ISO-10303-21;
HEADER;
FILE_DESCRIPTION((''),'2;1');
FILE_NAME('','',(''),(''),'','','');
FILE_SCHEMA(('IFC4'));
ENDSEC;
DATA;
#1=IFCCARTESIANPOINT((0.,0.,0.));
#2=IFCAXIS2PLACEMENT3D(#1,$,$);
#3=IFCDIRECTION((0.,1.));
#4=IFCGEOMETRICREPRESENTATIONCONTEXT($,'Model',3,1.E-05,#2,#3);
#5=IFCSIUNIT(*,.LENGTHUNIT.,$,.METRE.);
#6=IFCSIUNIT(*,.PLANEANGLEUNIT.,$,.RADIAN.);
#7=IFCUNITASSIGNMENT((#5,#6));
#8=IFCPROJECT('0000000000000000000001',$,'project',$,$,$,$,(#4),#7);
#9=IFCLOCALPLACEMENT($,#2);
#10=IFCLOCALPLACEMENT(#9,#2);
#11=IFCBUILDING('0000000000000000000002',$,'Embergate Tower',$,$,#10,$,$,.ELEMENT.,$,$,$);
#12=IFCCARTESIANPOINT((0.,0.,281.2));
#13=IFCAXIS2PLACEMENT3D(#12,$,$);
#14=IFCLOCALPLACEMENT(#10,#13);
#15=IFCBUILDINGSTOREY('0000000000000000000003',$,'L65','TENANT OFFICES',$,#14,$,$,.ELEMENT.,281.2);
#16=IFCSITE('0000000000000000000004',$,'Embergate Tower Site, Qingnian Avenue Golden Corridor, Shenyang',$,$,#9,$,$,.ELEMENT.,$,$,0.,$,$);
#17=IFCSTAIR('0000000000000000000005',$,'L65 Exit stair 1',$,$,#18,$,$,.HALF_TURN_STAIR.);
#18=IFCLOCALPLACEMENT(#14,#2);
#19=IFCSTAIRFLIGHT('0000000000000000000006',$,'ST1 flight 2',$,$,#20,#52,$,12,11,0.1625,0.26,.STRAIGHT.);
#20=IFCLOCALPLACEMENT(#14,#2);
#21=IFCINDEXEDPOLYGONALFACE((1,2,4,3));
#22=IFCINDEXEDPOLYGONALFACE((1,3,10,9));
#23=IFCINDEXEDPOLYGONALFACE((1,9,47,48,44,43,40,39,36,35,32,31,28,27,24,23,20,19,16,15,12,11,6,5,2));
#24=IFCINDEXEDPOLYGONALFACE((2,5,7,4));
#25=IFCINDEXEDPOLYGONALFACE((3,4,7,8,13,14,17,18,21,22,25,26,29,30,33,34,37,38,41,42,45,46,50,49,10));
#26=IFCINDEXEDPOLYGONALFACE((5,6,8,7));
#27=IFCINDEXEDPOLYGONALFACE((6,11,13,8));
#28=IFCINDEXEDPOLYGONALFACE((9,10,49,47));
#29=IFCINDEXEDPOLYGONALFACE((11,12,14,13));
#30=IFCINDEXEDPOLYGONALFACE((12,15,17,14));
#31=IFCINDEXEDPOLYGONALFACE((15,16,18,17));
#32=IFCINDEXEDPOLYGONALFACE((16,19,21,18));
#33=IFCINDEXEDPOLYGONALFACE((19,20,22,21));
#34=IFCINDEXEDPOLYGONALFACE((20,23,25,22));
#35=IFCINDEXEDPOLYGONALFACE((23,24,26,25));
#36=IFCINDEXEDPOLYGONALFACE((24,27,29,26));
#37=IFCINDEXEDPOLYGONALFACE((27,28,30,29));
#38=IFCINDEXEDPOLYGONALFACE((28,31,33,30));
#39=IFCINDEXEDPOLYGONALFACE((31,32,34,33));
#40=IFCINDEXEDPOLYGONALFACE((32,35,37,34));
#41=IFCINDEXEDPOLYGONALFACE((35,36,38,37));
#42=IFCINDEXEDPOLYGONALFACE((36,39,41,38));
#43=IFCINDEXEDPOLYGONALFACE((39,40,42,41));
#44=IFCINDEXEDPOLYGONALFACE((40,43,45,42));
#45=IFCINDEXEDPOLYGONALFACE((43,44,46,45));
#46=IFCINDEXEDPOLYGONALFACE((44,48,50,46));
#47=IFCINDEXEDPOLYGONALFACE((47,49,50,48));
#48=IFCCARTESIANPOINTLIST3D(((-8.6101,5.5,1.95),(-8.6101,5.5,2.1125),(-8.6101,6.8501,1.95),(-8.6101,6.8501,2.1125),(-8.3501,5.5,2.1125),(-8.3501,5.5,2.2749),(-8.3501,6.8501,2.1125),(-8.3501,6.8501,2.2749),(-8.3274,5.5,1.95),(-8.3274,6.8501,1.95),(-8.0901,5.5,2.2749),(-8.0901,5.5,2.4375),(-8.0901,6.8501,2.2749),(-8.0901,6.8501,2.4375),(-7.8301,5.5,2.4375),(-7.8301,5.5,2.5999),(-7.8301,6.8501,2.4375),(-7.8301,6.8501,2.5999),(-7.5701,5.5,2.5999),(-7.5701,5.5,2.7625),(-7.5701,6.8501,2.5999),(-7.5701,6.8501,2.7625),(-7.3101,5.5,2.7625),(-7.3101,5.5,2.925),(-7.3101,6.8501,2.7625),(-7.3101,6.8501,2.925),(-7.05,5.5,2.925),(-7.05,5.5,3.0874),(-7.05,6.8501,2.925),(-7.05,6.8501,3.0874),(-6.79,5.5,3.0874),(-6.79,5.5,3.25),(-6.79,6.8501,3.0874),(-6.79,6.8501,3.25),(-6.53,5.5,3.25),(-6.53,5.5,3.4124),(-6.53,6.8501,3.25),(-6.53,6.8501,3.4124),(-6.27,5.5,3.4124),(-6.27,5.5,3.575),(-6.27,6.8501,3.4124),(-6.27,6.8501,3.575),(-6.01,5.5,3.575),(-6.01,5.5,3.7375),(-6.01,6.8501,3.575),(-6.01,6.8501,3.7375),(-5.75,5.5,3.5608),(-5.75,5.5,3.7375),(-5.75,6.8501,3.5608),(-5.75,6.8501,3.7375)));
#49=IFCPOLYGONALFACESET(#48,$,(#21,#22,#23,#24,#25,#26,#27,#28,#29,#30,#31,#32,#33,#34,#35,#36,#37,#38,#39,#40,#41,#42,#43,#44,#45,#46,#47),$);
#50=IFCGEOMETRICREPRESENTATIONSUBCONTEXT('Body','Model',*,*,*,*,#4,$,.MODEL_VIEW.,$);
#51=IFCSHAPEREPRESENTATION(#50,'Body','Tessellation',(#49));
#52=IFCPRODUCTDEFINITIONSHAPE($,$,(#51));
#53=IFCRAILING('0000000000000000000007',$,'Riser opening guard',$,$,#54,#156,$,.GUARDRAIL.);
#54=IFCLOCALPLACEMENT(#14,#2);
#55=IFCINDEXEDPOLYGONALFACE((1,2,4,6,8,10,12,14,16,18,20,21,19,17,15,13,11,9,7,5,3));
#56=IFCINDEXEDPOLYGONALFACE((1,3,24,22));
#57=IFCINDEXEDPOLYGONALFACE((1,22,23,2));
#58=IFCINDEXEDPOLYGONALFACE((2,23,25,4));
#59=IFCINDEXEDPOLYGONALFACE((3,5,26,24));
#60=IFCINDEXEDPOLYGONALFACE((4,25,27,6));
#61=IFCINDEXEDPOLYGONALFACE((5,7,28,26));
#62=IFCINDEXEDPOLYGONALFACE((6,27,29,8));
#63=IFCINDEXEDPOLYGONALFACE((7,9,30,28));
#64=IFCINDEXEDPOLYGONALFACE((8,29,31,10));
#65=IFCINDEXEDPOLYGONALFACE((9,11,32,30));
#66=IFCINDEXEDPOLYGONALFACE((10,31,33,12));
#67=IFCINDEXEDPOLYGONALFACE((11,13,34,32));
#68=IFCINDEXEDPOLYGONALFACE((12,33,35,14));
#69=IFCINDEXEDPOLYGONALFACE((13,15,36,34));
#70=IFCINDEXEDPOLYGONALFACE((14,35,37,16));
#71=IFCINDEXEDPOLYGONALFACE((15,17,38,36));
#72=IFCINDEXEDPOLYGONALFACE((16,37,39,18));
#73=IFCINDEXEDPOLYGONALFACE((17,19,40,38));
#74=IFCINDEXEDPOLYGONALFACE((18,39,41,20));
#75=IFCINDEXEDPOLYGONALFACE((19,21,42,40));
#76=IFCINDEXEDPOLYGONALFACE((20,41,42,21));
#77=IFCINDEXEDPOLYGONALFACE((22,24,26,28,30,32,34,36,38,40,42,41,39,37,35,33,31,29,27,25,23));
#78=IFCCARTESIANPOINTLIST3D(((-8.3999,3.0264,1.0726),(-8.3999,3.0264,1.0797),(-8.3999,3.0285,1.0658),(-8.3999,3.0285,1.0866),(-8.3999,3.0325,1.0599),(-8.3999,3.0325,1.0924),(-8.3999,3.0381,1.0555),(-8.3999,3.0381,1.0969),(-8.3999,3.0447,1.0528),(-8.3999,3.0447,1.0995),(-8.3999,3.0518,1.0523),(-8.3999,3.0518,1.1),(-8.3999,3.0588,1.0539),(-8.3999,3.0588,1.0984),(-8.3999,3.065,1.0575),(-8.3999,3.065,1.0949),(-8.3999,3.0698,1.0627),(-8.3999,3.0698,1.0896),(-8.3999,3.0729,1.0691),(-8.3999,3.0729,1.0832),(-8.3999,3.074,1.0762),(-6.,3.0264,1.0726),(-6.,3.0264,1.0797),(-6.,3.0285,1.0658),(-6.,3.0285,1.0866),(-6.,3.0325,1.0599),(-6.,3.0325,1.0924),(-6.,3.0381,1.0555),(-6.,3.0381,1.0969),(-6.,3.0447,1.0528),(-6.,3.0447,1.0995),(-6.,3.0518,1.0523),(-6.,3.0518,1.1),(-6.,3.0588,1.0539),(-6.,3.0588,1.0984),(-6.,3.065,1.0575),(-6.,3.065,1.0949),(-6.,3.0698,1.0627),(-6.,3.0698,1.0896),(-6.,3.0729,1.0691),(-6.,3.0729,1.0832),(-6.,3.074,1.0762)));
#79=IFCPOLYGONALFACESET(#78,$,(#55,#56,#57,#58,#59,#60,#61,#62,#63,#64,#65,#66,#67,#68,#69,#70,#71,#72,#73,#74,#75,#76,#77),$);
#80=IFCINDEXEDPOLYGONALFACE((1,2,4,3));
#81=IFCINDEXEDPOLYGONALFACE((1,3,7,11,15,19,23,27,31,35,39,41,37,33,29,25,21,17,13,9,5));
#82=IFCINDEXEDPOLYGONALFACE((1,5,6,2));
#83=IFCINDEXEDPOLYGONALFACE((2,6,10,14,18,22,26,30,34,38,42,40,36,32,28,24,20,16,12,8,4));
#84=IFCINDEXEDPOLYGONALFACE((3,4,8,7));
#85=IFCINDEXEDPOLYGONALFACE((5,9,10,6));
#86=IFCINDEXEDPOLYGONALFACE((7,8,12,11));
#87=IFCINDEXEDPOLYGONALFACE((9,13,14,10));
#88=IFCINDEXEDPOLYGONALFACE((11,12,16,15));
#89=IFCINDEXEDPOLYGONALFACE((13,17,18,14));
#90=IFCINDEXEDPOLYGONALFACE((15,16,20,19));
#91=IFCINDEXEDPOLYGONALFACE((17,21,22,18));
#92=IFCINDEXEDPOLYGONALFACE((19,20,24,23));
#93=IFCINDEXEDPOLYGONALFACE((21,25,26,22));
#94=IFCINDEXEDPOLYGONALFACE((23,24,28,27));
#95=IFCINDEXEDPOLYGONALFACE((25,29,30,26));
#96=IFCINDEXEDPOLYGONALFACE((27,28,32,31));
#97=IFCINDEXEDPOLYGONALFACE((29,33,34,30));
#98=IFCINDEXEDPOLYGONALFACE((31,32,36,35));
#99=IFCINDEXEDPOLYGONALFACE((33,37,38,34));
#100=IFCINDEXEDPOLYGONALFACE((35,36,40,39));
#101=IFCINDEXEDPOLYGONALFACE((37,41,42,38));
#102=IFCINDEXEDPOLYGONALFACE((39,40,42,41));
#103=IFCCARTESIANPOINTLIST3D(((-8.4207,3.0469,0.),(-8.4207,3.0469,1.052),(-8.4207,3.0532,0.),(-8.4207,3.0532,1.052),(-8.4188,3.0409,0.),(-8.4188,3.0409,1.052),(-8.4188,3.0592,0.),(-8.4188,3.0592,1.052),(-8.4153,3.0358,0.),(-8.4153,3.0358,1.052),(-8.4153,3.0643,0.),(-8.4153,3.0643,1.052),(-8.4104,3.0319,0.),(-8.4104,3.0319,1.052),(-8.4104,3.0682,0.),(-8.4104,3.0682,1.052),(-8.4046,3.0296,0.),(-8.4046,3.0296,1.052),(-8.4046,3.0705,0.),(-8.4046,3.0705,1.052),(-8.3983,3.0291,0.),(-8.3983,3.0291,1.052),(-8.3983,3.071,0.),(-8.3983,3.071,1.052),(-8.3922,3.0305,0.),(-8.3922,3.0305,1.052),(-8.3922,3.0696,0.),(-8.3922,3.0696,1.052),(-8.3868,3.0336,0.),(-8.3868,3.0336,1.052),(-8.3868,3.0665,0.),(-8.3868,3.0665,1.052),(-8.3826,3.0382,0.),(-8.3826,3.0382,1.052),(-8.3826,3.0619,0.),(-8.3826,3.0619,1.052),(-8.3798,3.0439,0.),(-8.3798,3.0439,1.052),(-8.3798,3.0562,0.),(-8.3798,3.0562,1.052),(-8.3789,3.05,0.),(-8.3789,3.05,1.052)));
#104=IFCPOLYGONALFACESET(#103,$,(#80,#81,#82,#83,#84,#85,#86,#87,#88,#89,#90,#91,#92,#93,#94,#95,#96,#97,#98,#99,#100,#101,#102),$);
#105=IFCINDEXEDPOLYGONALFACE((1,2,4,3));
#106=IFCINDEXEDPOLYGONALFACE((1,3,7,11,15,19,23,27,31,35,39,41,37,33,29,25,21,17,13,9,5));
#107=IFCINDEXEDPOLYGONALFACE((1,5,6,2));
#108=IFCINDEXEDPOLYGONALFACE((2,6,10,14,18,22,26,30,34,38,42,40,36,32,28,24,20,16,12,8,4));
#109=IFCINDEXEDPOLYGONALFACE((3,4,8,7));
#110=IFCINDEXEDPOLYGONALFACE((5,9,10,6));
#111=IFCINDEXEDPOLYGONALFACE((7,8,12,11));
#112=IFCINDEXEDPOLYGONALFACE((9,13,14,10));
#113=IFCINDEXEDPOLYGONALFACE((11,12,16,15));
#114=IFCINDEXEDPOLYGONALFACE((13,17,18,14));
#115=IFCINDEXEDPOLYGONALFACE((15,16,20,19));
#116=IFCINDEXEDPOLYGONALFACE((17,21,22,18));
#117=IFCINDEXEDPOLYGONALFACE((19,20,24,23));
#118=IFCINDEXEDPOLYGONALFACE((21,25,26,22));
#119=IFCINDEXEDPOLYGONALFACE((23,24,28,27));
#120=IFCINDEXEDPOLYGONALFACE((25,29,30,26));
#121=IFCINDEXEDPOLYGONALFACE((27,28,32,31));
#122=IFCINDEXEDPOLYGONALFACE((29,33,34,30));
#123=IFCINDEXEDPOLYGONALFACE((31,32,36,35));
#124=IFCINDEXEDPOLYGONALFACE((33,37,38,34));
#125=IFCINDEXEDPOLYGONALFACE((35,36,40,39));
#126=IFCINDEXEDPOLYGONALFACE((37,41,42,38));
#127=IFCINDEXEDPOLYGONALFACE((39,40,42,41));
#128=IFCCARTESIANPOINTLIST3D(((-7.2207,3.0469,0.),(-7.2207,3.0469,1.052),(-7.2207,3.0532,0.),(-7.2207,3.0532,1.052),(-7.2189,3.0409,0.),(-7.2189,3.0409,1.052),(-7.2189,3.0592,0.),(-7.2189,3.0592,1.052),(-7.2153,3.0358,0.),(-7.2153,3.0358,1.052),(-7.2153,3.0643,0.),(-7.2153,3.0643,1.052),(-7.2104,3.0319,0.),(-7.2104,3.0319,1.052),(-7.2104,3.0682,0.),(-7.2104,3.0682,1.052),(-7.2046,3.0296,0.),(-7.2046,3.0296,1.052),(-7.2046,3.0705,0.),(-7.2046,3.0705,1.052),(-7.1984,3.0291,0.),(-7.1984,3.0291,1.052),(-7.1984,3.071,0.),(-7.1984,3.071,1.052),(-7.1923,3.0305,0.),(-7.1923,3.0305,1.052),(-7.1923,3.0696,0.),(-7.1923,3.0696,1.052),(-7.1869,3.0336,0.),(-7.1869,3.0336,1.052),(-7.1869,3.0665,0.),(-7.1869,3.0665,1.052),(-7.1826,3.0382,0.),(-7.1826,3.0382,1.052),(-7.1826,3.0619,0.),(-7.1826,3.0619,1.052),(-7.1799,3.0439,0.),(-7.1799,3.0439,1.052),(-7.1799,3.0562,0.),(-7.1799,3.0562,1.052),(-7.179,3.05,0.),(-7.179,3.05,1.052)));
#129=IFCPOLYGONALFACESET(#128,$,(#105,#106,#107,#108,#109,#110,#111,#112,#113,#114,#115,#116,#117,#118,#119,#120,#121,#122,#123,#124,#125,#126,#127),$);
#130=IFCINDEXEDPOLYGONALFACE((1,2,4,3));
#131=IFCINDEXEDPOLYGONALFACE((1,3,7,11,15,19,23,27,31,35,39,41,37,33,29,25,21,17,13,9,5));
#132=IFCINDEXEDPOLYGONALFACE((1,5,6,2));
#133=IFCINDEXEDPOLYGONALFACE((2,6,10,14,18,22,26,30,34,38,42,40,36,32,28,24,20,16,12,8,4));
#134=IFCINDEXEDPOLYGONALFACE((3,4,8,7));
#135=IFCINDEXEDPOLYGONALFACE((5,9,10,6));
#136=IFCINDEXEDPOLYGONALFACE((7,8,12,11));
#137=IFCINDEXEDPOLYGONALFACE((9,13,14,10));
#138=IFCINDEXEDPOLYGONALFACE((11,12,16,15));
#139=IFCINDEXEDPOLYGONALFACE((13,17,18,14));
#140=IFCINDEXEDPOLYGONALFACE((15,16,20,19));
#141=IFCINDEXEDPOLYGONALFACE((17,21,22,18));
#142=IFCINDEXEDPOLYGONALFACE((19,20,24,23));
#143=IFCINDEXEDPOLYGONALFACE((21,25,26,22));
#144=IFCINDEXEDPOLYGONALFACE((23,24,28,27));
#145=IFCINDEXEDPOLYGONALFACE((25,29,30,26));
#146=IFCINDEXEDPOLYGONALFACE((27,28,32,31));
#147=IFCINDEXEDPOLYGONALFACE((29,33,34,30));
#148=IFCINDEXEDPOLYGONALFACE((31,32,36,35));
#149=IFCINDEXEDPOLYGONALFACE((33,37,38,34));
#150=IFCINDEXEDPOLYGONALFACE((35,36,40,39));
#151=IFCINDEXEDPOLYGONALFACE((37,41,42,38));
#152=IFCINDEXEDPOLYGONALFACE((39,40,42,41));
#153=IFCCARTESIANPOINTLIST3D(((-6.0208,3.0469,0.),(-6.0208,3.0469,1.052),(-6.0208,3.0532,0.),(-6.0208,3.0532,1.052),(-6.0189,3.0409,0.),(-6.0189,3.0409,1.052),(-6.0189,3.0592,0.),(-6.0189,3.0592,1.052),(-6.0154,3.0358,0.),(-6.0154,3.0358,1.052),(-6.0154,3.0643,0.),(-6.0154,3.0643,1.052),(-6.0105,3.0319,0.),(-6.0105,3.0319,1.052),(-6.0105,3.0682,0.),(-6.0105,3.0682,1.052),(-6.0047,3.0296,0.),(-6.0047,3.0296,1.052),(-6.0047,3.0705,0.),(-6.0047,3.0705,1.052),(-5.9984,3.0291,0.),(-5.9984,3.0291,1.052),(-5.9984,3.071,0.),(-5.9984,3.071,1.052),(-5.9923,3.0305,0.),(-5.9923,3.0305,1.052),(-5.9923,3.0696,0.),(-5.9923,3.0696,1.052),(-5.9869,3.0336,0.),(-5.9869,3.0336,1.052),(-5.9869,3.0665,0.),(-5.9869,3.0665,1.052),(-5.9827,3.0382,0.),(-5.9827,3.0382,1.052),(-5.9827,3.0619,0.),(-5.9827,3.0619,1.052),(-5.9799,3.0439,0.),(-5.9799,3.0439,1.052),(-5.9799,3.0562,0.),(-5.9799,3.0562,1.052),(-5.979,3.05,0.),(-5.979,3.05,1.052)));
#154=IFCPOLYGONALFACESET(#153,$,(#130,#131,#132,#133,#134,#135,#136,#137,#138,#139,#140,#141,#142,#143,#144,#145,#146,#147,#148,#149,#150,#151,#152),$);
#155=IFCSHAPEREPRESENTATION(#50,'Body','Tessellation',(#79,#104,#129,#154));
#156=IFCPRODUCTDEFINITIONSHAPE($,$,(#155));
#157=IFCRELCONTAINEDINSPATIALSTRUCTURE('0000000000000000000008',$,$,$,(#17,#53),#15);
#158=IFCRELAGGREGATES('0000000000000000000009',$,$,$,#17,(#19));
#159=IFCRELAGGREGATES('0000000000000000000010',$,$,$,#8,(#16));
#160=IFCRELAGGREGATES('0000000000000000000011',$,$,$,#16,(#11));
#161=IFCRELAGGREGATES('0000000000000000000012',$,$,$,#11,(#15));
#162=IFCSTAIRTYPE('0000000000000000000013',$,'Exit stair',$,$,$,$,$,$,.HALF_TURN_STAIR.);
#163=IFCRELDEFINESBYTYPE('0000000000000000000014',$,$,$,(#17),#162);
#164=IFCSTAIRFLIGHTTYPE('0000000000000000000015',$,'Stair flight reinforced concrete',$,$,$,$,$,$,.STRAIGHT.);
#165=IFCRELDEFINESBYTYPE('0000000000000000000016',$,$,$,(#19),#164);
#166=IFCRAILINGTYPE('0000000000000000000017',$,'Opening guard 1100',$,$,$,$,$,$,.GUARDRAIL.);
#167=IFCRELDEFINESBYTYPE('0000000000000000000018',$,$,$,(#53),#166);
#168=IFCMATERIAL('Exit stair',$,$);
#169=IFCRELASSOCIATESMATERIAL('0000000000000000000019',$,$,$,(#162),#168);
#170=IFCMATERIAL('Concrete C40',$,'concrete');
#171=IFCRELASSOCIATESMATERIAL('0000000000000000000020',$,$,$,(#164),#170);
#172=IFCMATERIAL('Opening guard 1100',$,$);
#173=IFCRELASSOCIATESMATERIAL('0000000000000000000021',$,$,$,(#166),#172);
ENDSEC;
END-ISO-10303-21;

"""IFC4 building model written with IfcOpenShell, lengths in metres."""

from ifc_helpers import new_model, si_unit, direction, frame, origin, origin_2d, place, context, subcontext, project, spatial, polyline, circle, outline, extrude, source, transform, mapped, material, type_object, element, aggregate, save


model = new_model("IFC4")

# Units and contexts
model_context = context("Model", 3, precision=1e-05, world=origin(), true_north=direction((0.0, 1.0)))
body_context = subcontext(model_context, "Body", "Model", "MODEL_VIEW")
ifc_project = project(units=[si_unit("LENGTHUNIT", "METRE"), si_unit("PLANEANGLEUNIT", "RADIAN")], contexts=[model_context])

# Site, building, storey
site_placement = place(None, origin())
site = spatial("IfcSite", under=ifc_project, at=site_placement, Name="Embergate Tower Site, Qingnian Avenue Golden Corridor, Shenyang", CompositionType="ELEMENT", RefElevation=0.0)
building_placement = place(site_placement, origin())
building = spatial("IfcBuilding", under=site, at=building_placement, Name="Embergate Tower", CompositionType="ELEMENT")
storey_placement = place(building_placement, frame((0.0, 0.0, 281.2)))
storey = spatial("IfcBuildingStorey", under=building, at=storey_placement, Name="L65", Description="TENANT OFFICES", CompositionType="ELEMENT", Elevation=281.2)

# Stair
ifc_material_1 = material(Name="Exit stair")
stair_type = type_object("IfcStairType", Name="Exit stair", PredefinedType="HALF_TURN_STAIR", material=ifc_material_1)
stair_placement = place(storey_placement, origin())
stair = element("IfcStair", 1, at=stair_placement, inside=storey, type_object=stair_type, Name="L65 Exit stair 1", PredefinedType="HALF_TURN_STAIR")
ifc_material_2 = material(Name="Concrete C40", Category="concrete")

# Stair flight
stair_flight_type = type_object("IfcStairFlightType", Name="Stair flight reinforced concrete", PredefinedType="STRAIGHT", material=ifc_material_2)
shared_shape_1 = source(origin(), body_context, "Body", "SweptSolid", [
    extrude(outline(polyline([(0.0, 0.0), (0.0, 0.1626), (0.26, 0.1626), (0.26, 0.325), (0.52, 0.325), (0.52, 0.4875), (0.78, 0.4875), (0.78, 0.6499), (1.04, 0.6499), (1.04, 0.8125), (1.3, 0.8125), (1.3, 0.9751), (1.5601, 0.9751), (1.5601, 1.1375), (1.8201, 1.1375), (1.8201, 1.3), (2.0801, 1.3), (2.0801, 1.4624), (2.3401, 1.4624), (2.3401, 1.625), (2.6001, 1.625), (2.6001, 1.7876), (2.8601, 1.7876), (2.8601, 1.95), (2.8601, 1.6108), (0.2827, 0.0), (0.0, 0.0)])), frame((0.0, 0.675, 0.0), z_axis=(0.0, -1.0, 0.0), x_axis=(1.0, 0.0, 0.0)), (0.0, 0.0, 1.0), 1.3501),
])
stair_flight_placement = place(storey_placement, frame((-8.6101, 6.175, 1.95), z_axis=(0.0, 0.0, 1.0), x_axis=(1.0, 0.0, 0.0)))
stair_flight = element("IfcStairFlight", 2, at=stair_flight_placement, type_object=stair_flight_type, Name="ST1 flight 2", NumberOfRisers=12, NumberOfTreads=11, PredefinedType="STRAIGHT", RiserHeight=0.1625, TreadLength=0.26, context=body_context, shape_type="MappedRepresentation", body=[
    mapped(shared_shape_1, transform((0.0, 0.0, 0.0))),
])
aggregate(stair, [stair_flight])

# Railing
ifc_material_3 = material(Name="Opening guard 1100")
railing_type = type_object("IfcRailingType", Name="Opening guard 1100", PredefinedType="GUARDRAIL", material=ifc_material_3)
shared_shape_2 = source(origin(), body_context, "Body", "SweptSolid", [
    extrude(circle(Radius=0.0239, at=origin_2d()), frame((0.0, 0.0, 1.0762), z_axis=(1.0, 0.0, 0.0), x_axis=(0.0, 1.0, 0.0)), (0.0, 0.0, 1.0), 2.3999),
    extrude(circle(Radius=0.021, at=origin_2d()), origin(), (0.0, 0.0, 1.0), 1.052),
    extrude(circle(Radius=0.021, at=origin_2d()), frame((1.2, 0.0, 0.0)), (0.0, 0.0, 1.0), 1.052),
    extrude(circle(Radius=0.021, at=origin_2d()), frame((2.3999, 0.0, 0.0)), (0.0, 0.0, 1.0), 1.052),
])
railing_1_placement = place(storey_placement, frame((-8.3999, 3.05, 0.0)))
element("IfcRailing", 3, at=railing_1_placement, inside=storey, type_object=railing_type, Name="Riser opening guard", PredefinedType="GUARDRAIL", context=body_context, shape_type="MappedRepresentation", body=[
    mapped(shared_shape_2, transform((0.0, 0.0, 0.0))),
])

save(model, "model.ifc")
